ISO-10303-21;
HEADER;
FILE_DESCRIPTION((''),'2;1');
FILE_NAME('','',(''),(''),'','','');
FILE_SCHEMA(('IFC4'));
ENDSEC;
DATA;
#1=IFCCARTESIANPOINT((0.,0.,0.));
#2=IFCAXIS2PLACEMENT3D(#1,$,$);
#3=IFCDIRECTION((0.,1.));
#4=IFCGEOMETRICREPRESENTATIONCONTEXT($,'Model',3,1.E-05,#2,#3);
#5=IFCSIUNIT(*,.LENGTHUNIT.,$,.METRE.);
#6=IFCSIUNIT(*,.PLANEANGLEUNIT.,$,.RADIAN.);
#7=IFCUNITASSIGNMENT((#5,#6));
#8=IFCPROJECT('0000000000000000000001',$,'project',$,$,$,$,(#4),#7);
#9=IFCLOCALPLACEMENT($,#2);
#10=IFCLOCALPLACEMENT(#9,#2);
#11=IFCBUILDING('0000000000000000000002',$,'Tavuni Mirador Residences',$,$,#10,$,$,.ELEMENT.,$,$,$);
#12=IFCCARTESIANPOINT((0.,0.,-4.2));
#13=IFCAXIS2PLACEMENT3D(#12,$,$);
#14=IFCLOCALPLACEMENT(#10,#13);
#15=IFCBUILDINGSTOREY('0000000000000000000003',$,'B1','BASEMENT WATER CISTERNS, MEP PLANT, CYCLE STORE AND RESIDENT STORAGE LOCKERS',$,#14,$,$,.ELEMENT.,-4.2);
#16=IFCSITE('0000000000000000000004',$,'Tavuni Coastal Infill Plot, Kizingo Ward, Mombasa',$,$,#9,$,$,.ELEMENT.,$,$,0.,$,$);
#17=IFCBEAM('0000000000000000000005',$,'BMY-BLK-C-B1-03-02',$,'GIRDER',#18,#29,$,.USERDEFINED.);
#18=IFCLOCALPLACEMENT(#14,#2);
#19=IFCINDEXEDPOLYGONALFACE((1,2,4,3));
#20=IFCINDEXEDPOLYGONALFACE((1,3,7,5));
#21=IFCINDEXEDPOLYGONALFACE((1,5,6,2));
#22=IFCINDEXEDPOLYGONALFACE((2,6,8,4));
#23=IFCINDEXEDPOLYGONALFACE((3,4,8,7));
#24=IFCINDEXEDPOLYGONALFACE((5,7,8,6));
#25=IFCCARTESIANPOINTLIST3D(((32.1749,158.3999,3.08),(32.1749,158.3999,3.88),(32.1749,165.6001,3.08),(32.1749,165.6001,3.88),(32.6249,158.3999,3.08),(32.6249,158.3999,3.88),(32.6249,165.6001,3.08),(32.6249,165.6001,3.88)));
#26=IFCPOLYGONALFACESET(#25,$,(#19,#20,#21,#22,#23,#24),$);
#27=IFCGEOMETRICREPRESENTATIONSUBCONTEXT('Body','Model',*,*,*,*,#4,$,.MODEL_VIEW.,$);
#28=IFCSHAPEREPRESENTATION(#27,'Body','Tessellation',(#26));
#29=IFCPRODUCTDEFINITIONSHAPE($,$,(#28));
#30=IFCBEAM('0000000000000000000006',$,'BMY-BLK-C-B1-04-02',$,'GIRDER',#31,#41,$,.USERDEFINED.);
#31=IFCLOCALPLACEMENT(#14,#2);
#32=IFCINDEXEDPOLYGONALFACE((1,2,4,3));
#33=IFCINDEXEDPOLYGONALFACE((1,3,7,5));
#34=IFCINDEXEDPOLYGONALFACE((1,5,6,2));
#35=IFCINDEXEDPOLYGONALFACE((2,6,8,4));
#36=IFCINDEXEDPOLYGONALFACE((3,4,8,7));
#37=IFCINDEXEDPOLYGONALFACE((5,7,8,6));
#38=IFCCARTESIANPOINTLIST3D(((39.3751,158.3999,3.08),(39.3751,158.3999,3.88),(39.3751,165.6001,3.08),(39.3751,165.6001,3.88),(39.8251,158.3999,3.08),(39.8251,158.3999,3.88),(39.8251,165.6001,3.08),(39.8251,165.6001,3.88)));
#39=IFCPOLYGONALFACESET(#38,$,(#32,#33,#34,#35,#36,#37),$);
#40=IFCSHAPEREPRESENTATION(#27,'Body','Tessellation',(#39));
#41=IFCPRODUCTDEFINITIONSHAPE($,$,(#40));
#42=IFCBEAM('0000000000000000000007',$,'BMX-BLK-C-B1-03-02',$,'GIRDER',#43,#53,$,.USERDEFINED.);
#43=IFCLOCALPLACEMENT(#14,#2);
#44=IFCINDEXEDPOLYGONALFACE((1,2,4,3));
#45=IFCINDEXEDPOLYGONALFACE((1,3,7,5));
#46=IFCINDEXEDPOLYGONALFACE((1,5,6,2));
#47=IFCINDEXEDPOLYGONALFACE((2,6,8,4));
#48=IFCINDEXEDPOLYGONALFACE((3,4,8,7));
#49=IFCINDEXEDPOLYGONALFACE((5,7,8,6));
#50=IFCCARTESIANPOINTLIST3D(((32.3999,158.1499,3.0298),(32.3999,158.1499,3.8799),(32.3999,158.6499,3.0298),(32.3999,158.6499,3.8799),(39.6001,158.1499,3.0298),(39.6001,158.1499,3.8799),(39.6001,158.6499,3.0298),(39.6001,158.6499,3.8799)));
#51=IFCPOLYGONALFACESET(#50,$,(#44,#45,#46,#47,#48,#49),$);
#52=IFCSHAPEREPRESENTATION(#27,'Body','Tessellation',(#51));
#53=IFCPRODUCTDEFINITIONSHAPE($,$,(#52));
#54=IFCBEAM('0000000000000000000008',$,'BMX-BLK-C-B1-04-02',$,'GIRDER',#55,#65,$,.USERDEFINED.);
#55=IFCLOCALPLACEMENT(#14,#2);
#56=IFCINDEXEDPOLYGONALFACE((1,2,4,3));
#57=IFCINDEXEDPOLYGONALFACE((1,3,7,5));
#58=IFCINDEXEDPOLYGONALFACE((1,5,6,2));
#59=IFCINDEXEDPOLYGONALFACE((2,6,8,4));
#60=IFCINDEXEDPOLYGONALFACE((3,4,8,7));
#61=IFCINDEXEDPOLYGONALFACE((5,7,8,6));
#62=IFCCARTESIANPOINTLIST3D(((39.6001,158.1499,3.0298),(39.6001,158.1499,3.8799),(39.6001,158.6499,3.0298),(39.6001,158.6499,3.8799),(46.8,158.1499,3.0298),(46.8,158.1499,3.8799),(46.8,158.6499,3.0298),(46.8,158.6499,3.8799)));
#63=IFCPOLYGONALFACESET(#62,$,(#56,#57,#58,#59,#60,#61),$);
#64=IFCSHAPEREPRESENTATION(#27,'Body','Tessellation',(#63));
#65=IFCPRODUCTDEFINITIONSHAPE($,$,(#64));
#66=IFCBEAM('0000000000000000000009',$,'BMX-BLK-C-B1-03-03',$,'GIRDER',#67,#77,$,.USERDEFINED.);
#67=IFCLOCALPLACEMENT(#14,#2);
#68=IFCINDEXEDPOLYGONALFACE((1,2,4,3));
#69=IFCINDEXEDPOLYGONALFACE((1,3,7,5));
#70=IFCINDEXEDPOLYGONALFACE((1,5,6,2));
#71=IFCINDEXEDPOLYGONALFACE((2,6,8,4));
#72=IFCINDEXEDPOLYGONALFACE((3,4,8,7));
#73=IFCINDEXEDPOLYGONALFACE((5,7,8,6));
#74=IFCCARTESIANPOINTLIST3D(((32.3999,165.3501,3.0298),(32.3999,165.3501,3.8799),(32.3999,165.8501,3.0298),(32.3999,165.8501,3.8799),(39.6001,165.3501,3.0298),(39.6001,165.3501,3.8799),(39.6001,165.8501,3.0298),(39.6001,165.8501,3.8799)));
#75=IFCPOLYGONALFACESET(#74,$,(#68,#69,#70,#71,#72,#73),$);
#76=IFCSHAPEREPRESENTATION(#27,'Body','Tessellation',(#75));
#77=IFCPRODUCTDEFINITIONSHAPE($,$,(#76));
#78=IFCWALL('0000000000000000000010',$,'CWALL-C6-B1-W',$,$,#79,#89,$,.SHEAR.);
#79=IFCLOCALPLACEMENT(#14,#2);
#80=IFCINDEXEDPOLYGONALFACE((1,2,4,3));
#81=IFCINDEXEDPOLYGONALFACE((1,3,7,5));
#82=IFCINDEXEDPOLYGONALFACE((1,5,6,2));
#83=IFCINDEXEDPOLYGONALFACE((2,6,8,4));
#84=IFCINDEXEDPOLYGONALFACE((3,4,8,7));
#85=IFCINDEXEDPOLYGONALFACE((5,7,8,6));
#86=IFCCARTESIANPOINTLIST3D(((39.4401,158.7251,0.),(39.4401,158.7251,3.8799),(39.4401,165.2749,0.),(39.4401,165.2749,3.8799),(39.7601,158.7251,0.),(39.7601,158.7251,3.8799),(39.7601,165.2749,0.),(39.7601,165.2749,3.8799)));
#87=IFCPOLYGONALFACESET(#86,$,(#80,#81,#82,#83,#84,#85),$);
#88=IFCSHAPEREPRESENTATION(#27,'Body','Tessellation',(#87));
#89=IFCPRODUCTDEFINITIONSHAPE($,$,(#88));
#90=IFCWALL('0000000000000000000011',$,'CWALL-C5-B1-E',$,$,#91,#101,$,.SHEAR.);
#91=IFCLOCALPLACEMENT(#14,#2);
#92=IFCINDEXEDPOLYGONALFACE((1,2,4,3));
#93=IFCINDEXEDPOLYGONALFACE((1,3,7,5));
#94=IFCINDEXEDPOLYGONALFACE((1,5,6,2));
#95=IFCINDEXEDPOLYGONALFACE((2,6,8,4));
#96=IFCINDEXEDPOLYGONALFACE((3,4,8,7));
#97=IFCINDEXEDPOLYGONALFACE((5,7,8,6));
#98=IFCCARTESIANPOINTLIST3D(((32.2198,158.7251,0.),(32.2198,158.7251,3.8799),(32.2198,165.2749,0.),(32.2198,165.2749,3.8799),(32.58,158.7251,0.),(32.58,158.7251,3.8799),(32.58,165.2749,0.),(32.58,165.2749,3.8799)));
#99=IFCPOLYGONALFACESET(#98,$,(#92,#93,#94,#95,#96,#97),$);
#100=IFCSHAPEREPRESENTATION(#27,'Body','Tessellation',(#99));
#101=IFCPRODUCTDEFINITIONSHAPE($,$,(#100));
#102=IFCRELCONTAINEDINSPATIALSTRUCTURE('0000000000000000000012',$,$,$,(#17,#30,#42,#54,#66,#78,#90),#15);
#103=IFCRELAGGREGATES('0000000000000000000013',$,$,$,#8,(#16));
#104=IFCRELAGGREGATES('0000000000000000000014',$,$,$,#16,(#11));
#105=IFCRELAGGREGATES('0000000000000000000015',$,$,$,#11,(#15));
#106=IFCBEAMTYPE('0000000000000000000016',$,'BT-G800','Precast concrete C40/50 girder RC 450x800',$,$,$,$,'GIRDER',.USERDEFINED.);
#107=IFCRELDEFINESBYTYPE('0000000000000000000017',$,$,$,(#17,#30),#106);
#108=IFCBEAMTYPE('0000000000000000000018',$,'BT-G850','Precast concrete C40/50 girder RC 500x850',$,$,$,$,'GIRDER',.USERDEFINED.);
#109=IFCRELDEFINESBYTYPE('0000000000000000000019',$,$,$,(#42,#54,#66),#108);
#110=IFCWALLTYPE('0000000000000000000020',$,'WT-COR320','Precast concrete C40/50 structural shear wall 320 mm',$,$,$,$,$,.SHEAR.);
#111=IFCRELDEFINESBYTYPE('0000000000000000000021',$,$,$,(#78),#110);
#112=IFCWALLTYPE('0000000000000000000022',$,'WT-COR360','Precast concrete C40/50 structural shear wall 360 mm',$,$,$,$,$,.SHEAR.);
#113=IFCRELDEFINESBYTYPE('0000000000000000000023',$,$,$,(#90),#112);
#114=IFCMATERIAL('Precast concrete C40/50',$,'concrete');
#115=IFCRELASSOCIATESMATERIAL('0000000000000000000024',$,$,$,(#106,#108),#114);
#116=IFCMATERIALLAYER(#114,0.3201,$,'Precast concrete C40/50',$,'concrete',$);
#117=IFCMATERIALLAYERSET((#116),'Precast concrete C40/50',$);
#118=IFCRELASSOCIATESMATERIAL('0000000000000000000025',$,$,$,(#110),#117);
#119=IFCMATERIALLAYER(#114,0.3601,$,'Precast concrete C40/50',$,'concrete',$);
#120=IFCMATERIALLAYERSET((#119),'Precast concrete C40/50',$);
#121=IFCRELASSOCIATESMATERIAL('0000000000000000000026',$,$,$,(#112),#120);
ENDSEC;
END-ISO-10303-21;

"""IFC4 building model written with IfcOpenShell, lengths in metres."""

from ifc_helpers import new_model, si_unit, direction, frame, frame_2d, origin, origin_2d, place, context, subcontext, project, spatial, rectangle, extrude, material, layer, layer_set, material_profile, profile_set, type_object, element, save


model = new_model("IFC4")

# Units and contexts
model_context = context("Model", 3, precision=1e-05, world=origin(), true_north=direction((0.0, 1.0)))
body_context = subcontext(model_context, "Body", "Model", "MODEL_VIEW")
ifc_project = project(units=[si_unit("LENGTHUNIT", "METRE"), si_unit("PLANEANGLEUNIT", "RADIAN")], contexts=[model_context])

# Site, building, storey
site_placement = place(None, origin())
site = spatial("IfcSite", under=ifc_project, at=site_placement, Name="Tavuni Coastal Infill Plot, Kizingo Ward, Mombasa", CompositionType="ELEMENT", RefElevation=0.0)
building_placement = place(site_placement, origin())
building = spatial("IfcBuilding", under=site, at=building_placement, Name="Tavuni Mirador Residences", CompositionType="ELEMENT")
storey_placement = place(building_placement, frame((0.0, 0.0, -4.2)))
storey = spatial("IfcBuildingStorey", under=building, at=storey_placement, Name="B1", Description="BASEMENT WATER CISTERNS, MEP PLANT, CYCLE STORE AND RESIDENT STORAGE LOCKERS", CompositionType="ELEMENT", Elevation=-4.2)

# Beams
ifc_material_1 = material(Name="Precast concrete C40/50", Category="concrete")
ifc_material_profile_1 = material_profile(ifc_material_1, rectangle(XDim=0.45, YDim=0.8, at=origin_2d()), Name="RC 450x800", Category="concrete")
ifc_profile_set_1 = profile_set([ifc_material_profile_1], Name="Precast concrete C40/50")
beam_type_1 = type_object("IfcBeamType", Name="BT-G800", Description="Precast concrete C40/50 girder RC 450x800", ElementType="GIRDER", PredefinedType="USERDEFINED", material=ifc_profile_set_1)
for number, where, z_axis, x_axis, name in (
    (1, (32.3999, 158.3999, 3.48), (0.0, 1.0, 0.0), (-1.0, 0.0, 0.0), "BMY-BLK-C-B1-03-02"),
    (2, (39.6001, 158.3999, 3.48), (0.0, 1.0, 0.0), (-1.0, 0.0, 0.0), "BMY-BLK-C-B1-04-02"),
):
    element("IfcBeam", number, at=place(storey_placement, frame(where, z_axis=z_axis, x_axis=x_axis)), inside=storey, type_object=beam_type_1, Name=name, ObjectType="GIRDER", PredefinedType="USERDEFINED", context=body_context, shape_type="SweptSolid", body=[
        extrude(rectangle(XDim=0.45, YDim=0.8, at=origin_2d()), origin(), (0.0, 0.0, 1.0), 7.2002),
    ])
ifc_material_profile_2 = material_profile(ifc_material_1, rectangle(XDim=0.5, YDim=0.8501, at=origin_2d()), Name="RC 500x850", Category="concrete")
ifc_profile_set_2 = profile_set([ifc_material_profile_2], Name="Precast concrete C40/50")
beam_type_2 = type_object("IfcBeamType", Name="BT-G850", Description="Precast concrete C40/50 girder RC 500x850", ElementType="GIRDER", PredefinedType="USERDEFINED", material=ifc_profile_set_2)
beam_1_placement = place(storey_placement, frame((32.3999, 158.3999, 3.4548), z_axis=(1.0, 0.0, 0.0), x_axis=(0.0, 1.0, 0.0)))
element("IfcBeam", 3, at=beam_1_placement, inside=storey, type_object=beam_type_2, Name="BMX-BLK-C-B1-03-02", ObjectType="GIRDER", PredefinedType="USERDEFINED", context=body_context, shape_type="SweptSolid", body=[
    extrude(rectangle(XDim=0.5, YDim=0.8501, at=origin_2d()), origin(), (0.0, 0.0, 1.0), 7.2002),
])
beam_2_placement = place(storey_placement, frame((39.6001, 158.3999, 3.4548), z_axis=(1.0, 0.0, 0.0), x_axis=(0.0, 1.0, 0.0)))
element("IfcBeam", 4, at=beam_2_placement, inside=storey, type_object=beam_type_2, Name="BMX-BLK-C-B1-04-02", ObjectType="GIRDER", PredefinedType="USERDEFINED", context=body_context, shape_type="SweptSolid", body=[
    extrude(rectangle(XDim=0.5, YDim=0.8501, at=origin_2d()), origin(), (0.0, 0.0, 1.0), 7.2),
])
beam_3_placement = place(storey_placement, frame((32.3999, 165.6001, 3.4548), z_axis=(1.0, 0.0, 0.0), x_axis=(0.0, 1.0, 0.0)))
element("IfcBeam", 5, at=beam_3_placement, inside=storey, type_object=beam_type_2, Name="BMX-BLK-C-B1-03-03", ObjectType="GIRDER", PredefinedType="USERDEFINED", context=body_context, shape_type="SweptSolid", body=[
    extrude(rectangle(XDim=0.5, YDim=0.8501, at=origin_2d()), origin(), (0.0, 0.0, 1.0), 7.2002),
])

# Wall
ifc_layer_1 = layer(ifc_material_1, 0.3201, Name="Precast concrete C40/50", Category="concrete")
ifc_layer_set_1 = layer_set([ifc_layer_1], Name="Precast concrete C40/50")
wall_type_1 = type_object("IfcWallType", Name="WT-COR320", Description="Precast concrete C40/50 structural shear wall 320 mm", PredefinedType="SHEAR", material=ifc_layer_set_1)
wall_1_placement = place(storey_placement, frame((39.6001, 158.7251, 0.0), z_axis=(0.0, 0.0, 1.0), x_axis=(0.0, 1.0, 0.0)))
element("IfcWall", 6, at=wall_1_placement, inside=storey, type_object=wall_type_1, Name="CWALL-C6-B1-W", PredefinedType="SHEAR", context=body_context, shape_type="SweptSolid", body=[
    extrude(rectangle(XDim=6.5498, YDim=0.3201, at=frame_2d((3.2749, 0.0))), origin(), (0.0, 0.0, 1.0), 3.8799),
])

# Wall
ifc_layer_2 = layer(ifc_material_1, 0.3601, Name="Precast concrete C40/50", Category="concrete")
ifc_layer_set_2 = layer_set([ifc_layer_2], Name="Precast concrete C40/50")
wall_type_2 = type_object("IfcWallType", Name="WT-COR360", Description="Precast concrete C40/50 structural shear wall 360 mm", PredefinedType="SHEAR", material=ifc_layer_set_2)
wall_2_placement = place(storey_placement, frame((32.3999, 158.7251, 0.0), z_axis=(0.0, 0.0, 1.0), x_axis=(0.0, 1.0, 0.0)))
element("IfcWall", 7, at=wall_2_placement, inside=storey, type_object=wall_type_2, Name="CWALL-C5-B1-E", PredefinedType="SHEAR", context=body_context, shape_type="SweptSolid", body=[
    extrude(rectangle(XDim=6.5498, YDim=0.3601, at=frame_2d((3.2749, 0.0))), origin(), (0.0, 0.0, 1.0), 3.8799),
])

save(model, "model.ifc")
